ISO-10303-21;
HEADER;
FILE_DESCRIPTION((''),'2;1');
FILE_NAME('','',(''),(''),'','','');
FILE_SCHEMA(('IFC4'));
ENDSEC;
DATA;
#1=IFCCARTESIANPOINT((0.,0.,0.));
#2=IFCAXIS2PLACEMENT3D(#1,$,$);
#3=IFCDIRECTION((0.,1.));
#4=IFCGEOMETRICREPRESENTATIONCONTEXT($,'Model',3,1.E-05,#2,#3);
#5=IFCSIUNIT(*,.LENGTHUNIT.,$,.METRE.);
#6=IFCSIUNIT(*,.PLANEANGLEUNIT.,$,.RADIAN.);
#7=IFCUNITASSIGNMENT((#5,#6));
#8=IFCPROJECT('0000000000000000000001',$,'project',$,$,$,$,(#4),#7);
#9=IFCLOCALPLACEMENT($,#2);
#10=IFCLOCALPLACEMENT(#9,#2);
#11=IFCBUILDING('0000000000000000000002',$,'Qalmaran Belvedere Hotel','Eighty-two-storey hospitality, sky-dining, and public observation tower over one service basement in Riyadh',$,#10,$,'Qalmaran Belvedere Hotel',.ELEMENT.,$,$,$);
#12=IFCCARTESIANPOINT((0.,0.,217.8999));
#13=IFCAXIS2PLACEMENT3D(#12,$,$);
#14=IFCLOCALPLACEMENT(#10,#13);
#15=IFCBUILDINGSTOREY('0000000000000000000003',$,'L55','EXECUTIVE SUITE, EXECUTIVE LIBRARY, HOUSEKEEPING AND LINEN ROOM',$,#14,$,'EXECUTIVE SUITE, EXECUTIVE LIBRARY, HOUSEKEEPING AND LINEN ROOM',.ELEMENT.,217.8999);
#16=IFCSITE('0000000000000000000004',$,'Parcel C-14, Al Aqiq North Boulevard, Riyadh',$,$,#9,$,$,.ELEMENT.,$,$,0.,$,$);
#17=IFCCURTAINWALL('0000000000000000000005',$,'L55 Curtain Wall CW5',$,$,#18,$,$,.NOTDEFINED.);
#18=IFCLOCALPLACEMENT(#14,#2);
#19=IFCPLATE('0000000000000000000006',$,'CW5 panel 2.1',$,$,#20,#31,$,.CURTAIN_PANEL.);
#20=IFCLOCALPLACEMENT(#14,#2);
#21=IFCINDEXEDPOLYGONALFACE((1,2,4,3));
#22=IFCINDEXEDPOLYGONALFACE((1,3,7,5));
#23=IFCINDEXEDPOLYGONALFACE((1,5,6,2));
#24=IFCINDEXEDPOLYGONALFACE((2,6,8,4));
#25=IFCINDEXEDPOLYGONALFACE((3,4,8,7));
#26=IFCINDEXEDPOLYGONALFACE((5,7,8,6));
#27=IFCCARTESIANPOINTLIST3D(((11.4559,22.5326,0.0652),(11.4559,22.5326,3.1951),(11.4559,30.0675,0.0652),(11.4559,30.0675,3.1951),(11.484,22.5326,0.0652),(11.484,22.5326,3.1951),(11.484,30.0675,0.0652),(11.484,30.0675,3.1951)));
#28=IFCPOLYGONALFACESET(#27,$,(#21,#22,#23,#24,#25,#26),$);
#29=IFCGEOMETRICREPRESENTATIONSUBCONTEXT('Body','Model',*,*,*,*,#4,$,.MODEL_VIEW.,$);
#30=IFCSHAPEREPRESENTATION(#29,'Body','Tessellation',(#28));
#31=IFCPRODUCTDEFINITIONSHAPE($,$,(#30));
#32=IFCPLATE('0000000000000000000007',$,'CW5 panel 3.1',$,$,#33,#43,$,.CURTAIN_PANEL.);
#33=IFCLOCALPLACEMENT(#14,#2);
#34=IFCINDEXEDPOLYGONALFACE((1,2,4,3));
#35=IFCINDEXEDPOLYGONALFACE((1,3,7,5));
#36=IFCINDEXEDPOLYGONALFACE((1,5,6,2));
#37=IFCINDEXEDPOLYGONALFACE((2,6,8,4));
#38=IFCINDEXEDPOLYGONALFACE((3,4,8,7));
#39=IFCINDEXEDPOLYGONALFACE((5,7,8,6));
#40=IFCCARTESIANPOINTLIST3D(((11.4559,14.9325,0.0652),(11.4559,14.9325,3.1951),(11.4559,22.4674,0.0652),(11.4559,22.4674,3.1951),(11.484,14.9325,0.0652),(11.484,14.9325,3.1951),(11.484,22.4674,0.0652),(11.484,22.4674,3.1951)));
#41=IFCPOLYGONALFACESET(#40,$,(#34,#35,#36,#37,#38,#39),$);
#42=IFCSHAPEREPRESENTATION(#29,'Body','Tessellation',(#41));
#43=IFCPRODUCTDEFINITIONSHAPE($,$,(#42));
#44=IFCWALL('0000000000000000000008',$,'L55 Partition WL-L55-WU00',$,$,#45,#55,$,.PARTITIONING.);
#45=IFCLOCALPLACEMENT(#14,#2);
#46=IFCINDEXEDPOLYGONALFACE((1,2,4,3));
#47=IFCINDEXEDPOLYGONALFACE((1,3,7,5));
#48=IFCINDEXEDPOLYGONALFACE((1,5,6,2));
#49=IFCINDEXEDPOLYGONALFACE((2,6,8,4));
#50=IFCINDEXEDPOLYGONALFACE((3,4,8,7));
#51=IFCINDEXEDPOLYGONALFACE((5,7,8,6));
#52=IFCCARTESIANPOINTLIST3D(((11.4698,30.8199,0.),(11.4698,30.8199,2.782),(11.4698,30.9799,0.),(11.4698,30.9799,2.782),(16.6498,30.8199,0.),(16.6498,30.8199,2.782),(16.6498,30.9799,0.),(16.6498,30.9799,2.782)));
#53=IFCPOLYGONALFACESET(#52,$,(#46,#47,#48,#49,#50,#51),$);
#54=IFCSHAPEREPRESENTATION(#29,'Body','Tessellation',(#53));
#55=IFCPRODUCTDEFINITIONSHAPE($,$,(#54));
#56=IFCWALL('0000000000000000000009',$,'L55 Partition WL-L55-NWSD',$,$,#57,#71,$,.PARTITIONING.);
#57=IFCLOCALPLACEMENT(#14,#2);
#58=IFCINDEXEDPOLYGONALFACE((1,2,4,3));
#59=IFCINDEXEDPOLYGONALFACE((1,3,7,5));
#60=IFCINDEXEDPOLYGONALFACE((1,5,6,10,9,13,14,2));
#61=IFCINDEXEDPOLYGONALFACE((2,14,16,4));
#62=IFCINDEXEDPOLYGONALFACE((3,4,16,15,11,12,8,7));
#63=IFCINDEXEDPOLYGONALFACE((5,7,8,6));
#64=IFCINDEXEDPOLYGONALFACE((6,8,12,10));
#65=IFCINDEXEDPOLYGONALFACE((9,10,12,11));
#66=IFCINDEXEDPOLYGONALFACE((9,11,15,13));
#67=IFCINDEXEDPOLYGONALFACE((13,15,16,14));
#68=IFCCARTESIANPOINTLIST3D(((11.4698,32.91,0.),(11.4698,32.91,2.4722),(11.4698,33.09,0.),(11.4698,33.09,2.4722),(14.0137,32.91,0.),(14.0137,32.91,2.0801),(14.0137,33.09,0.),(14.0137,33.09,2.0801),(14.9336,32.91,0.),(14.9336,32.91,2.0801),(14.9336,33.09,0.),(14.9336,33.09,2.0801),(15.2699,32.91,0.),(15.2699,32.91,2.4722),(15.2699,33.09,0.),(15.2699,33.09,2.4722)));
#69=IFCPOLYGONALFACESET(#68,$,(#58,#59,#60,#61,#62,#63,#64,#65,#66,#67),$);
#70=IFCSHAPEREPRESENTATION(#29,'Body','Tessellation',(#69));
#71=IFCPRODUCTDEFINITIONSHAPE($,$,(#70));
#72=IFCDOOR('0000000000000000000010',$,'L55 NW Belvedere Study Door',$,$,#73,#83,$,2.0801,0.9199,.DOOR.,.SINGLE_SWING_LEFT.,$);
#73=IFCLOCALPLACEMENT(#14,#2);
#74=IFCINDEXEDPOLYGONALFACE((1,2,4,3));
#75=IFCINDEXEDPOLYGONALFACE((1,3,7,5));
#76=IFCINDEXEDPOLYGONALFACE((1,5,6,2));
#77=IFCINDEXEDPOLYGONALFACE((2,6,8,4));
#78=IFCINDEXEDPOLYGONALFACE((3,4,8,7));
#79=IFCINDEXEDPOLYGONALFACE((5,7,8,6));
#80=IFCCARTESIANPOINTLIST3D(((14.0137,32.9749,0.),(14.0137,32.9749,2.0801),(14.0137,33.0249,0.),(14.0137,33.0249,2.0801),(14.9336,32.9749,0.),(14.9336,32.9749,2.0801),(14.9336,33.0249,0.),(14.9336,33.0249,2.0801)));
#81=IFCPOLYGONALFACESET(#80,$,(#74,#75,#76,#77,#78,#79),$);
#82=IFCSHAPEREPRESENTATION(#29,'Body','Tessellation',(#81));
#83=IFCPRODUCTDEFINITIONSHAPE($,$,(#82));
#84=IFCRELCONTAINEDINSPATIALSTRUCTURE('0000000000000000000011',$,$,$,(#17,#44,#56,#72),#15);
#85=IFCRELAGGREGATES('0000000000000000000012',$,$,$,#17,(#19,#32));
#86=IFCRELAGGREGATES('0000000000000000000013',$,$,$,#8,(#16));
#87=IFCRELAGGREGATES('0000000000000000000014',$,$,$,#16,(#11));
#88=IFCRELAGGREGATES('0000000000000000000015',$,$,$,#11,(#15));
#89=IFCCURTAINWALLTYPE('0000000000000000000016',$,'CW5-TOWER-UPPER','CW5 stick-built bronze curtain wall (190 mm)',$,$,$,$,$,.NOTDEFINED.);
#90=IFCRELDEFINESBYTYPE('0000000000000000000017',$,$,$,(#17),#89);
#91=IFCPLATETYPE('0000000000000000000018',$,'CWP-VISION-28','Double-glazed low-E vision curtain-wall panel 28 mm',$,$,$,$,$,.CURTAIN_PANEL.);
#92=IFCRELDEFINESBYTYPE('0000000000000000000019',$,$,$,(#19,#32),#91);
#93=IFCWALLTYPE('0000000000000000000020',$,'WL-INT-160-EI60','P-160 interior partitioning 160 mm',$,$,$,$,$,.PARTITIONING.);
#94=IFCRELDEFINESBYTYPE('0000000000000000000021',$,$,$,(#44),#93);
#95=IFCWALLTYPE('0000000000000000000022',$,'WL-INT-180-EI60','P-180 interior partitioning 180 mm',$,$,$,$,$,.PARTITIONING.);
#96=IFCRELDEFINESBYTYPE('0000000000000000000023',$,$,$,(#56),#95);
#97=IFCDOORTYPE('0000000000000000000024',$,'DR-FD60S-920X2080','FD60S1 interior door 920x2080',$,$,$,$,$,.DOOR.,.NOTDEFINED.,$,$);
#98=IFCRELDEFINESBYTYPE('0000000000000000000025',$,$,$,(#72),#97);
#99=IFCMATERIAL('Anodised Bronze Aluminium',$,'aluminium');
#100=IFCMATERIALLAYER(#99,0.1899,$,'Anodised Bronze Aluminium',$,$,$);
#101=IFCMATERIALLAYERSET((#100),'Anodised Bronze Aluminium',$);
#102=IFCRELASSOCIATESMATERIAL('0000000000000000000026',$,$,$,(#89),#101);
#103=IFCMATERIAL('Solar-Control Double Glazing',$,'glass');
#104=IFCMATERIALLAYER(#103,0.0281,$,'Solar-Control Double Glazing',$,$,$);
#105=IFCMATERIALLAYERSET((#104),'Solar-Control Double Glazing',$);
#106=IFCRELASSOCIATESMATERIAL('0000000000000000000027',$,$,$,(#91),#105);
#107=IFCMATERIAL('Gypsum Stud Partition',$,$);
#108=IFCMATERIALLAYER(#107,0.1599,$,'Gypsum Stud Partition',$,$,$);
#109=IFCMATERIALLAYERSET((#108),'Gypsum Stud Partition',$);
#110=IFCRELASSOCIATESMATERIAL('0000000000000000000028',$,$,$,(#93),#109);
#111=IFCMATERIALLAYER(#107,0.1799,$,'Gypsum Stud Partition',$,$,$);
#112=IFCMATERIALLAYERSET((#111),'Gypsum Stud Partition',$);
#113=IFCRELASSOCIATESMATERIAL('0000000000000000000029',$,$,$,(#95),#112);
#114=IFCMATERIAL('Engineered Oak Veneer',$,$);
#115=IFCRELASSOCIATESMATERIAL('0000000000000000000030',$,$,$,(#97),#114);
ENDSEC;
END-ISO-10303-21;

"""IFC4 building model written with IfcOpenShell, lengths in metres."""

from ifc_helpers import new_model, si_unit, direction, frame, frame_2d, origin, origin_2d, place, context, subcontext, project, spatial, rectangle, extrude, material, layer, layer_set, type_object, element, fill, aggregate, save


model = new_model("IFC4")

# Units and contexts
model_context = context("Model", 3, precision=1e-05, world=origin(), true_north=direction((0.0, 1.0)))
body_context = subcontext(model_context, "Body", "Model", "MODEL_VIEW")
ifc_project = project(units=[si_unit("LENGTHUNIT", "METRE"), si_unit("PLANEANGLEUNIT", "RADIAN")], contexts=[model_context])

# Site, building, storey
site_placement = place(None, origin())
site = spatial("IfcSite", under=ifc_project, at=site_placement, Name="Parcel C-14, Al Aqiq North Boulevard, Riyadh", CompositionType="ELEMENT", RefElevation=0.0)
building_placement = place(site_placement, origin())
building = spatial("IfcBuilding", under=site, at=building_placement, Name="Qalmaran Belvedere Hotel", Description="Eighty-two-storey hospitality, sky-dining, and public observation tower over one service basement in Riyadh", LongName="Qalmaran Belvedere Hotel", CompositionType="ELEMENT")
storey_placement = place(building_placement, frame((0.0, 0.0, 217.8999)))
storey = spatial("IfcBuildingStorey", under=building, at=storey_placement, Name="L55", Description="EXECUTIVE SUITE, EXECUTIVE LIBRARY, HOUSEKEEPING AND LINEN ROOM", LongName="EXECUTIVE SUITE, EXECUTIVE LIBRARY, HOUSEKEEPING AND LINEN ROOM", CompositionType="ELEMENT", Elevation=217.8999)

# Curtain wall, plates
ifc_material_1 = material(Name="Anodised Bronze Aluminium", Category="aluminium")
ifc_layer_1 = layer(ifc_material_1, 0.1899, Name="Anodised Bronze Aluminium")
ifc_layer_set_1 = layer_set([ifc_layer_1], Name="Anodised Bronze Aluminium")
curtain_wall_type = type_object("IfcCurtainWallType", Name="CW5-TOWER-UPPER", Description="CW5 stick-built bronze curtain wall (190 mm)", PredefinedType="NOTDEFINED", material=ifc_layer_set_1)
curtain_wall_placement = place(storey_placement, origin())
curtain_wall = element("IfcCurtainWall", 1, at=curtain_wall_placement, inside=storey, type_object=curtain_wall_type, Name="L55 Curtain Wall CW5", PredefinedType="NOTDEFINED")
ifc_material_2 = material(Name="Solar-Control Double Glazing", Category="glass")
ifc_layer_2 = layer(ifc_material_2, 0.0281, Name="Solar-Control Double Glazing")
ifc_layer_set_2 = layer_set([ifc_layer_2], Name="Solar-Control Double Glazing")
plate_type = type_object("IfcPlateType", Name="CWP-VISION-28", Description="Double-glazed low-E vision curtain-wall panel 28 mm", PredefinedType="CURTAIN_PANEL", material=ifc_layer_set_2)
plate_1_placement = place(storey_placement, frame((11.47, 26.3, 0.0652), z_axis=(0.0, 0.0, 1.0), x_axis=(0.0, -1.0, 0.0)))
plate_1 = element("IfcPlate", 2, at=plate_1_placement, type_object=plate_type, Name="CW5 panel 2.1", PredefinedType="CURTAIN_PANEL", context=body_context, shape_type="SweptSolid", body=[
    extrude(rectangle(XDim=7.5349, YDim=0.0281, at=origin_2d()), origin(), (0.0, 0.0, 1.0), 3.1299),
])
plate_2_placement = place(storey_placement, frame((11.47, 18.7, 0.0652), z_axis=(0.0, 0.0, 1.0), x_axis=(0.0, -1.0, 0.0)))
plate_2 = element("IfcPlate", 3, at=plate_2_placement, type_object=plate_type, Name="CW5 panel 3.1", PredefinedType="CURTAIN_PANEL", context=body_context, shape_type="SweptSolid", body=[
    extrude(rectangle(XDim=7.5349, YDim=0.0281, at=origin_2d()), origin(), (0.0, 0.0, 1.0), 3.1299),
])
aggregate(curtain_wall, [plate_1, plate_2])

# Wall
ifc_material_3 = material(Name="Gypsum Stud Partition")
ifc_layer_3 = layer(ifc_material_3, 0.1599, Name="Gypsum Stud Partition")
ifc_layer_set_3 = layer_set([ifc_layer_3], Name="Gypsum Stud Partition")
wall_type_1 = type_object("IfcWallType", Name="WL-INT-160-EI60", Description="P-160 interior partitioning 160 mm", PredefinedType="PARTITIONING", material=ifc_layer_set_3)
wall_1_placement = place(storey_placement, frame((11.47, 30.8999, 0.0), z_axis=(0.0, 0.0, 1.0), x_axis=(1.0, 0.0, 0.0)))
element("IfcWall", 4, at=wall_1_placement, inside=storey, type_object=wall_type_1, Name="L55 Partition WL-L55-WU00", PredefinedType="PARTITIONING", context=body_context, shape_type="SweptSolid", body=[
    extrude(rectangle(XDim=5.1799, YDim=0.1599, at=frame_2d((2.5898, 0.0))), origin(), (0.0, 0.0, 1.0), 2.782),
])

# Wall, opening, door
ifc_layer_4 = layer(ifc_material_3, 0.1799, Name="Gypsum Stud Partition")
ifc_layer_set_4 = layer_set([ifc_layer_4], Name="Gypsum Stud Partition")
wall_type_2 = type_object("IfcWallType", Name="WL-INT-180-EI60", Description="P-180 interior partitioning 180 mm", PredefinedType="PARTITIONING", material=ifc_layer_set_4)
wall_2_placement = place(storey_placement, frame((11.47, 33.0, 0.0), z_axis=(0.0, 0.0, 1.0), x_axis=(1.0, 0.0, 0.0)))
wall_2 = element("IfcWall", 5, at=wall_2_placement, inside=storey, type_object=wall_type_2, Name="L55 Partition WL-L55-NWSD", PredefinedType="PARTITIONING", context=body_context, shape_type="SweptSolid", body=[
    extrude(rectangle(XDim=3.8, YDim=0.1799, at=frame_2d((1.8999, 0.0))), origin(), (0.0, 0.0, 1.0), 2.4722),
])
opening_placement = place(wall_2_placement, frame((2.5437, 0.0, 0.0)))
opening = element("IfcOpeningElement", 6, at=opening_placement, cuts=wall_2, PredefinedType="OPENING", context=body_context, shape_type="SweptSolid", body=[
    extrude(rectangle(XDim=0.9199, YDim=2.0801, at=frame_2d((0.46, 1.04))), frame((0.0, 0.1001, 0.0), z_axis=(0.0, -1.0, 0.0), x_axis=(1.0, 0.0, 0.0)), (0.0, 0.0, 1.0), 0.2),
])
ifc_material_4 = material(Name="Engineered Oak Veneer")
door_type = type_object("IfcDoorType", Name="DR-FD60S-920X2080", Description="FD60S1 interior door 920x2080", OperationType="NOTDEFINED", PredefinedType="DOOR", material=ifc_material_4)
door_placement = place(opening_placement, origin())
door = element("IfcDoor", 7, at=door_placement, inside=storey, type_object=door_type, Name="L55 NW Belvedere Study Door", OperationType="SINGLE_SWING_LEFT", OverallHeight=2.0801, OverallWidth=0.9199, PredefinedType="DOOR", context=body_context, shape_type="SweptSolid", body=[
    extrude(rectangle(XDim=0.9199, YDim=2.0801, at=frame_2d((0.46, 1.04))), frame((0.0, 0.0249, 0.0), z_axis=(0.0, -1.0, 0.0), x_axis=(1.0, 0.0, 0.0)), (0.0, 0.0, 1.0), 0.05),
])
fill(opening, door)

save(model, "model.ifc")
